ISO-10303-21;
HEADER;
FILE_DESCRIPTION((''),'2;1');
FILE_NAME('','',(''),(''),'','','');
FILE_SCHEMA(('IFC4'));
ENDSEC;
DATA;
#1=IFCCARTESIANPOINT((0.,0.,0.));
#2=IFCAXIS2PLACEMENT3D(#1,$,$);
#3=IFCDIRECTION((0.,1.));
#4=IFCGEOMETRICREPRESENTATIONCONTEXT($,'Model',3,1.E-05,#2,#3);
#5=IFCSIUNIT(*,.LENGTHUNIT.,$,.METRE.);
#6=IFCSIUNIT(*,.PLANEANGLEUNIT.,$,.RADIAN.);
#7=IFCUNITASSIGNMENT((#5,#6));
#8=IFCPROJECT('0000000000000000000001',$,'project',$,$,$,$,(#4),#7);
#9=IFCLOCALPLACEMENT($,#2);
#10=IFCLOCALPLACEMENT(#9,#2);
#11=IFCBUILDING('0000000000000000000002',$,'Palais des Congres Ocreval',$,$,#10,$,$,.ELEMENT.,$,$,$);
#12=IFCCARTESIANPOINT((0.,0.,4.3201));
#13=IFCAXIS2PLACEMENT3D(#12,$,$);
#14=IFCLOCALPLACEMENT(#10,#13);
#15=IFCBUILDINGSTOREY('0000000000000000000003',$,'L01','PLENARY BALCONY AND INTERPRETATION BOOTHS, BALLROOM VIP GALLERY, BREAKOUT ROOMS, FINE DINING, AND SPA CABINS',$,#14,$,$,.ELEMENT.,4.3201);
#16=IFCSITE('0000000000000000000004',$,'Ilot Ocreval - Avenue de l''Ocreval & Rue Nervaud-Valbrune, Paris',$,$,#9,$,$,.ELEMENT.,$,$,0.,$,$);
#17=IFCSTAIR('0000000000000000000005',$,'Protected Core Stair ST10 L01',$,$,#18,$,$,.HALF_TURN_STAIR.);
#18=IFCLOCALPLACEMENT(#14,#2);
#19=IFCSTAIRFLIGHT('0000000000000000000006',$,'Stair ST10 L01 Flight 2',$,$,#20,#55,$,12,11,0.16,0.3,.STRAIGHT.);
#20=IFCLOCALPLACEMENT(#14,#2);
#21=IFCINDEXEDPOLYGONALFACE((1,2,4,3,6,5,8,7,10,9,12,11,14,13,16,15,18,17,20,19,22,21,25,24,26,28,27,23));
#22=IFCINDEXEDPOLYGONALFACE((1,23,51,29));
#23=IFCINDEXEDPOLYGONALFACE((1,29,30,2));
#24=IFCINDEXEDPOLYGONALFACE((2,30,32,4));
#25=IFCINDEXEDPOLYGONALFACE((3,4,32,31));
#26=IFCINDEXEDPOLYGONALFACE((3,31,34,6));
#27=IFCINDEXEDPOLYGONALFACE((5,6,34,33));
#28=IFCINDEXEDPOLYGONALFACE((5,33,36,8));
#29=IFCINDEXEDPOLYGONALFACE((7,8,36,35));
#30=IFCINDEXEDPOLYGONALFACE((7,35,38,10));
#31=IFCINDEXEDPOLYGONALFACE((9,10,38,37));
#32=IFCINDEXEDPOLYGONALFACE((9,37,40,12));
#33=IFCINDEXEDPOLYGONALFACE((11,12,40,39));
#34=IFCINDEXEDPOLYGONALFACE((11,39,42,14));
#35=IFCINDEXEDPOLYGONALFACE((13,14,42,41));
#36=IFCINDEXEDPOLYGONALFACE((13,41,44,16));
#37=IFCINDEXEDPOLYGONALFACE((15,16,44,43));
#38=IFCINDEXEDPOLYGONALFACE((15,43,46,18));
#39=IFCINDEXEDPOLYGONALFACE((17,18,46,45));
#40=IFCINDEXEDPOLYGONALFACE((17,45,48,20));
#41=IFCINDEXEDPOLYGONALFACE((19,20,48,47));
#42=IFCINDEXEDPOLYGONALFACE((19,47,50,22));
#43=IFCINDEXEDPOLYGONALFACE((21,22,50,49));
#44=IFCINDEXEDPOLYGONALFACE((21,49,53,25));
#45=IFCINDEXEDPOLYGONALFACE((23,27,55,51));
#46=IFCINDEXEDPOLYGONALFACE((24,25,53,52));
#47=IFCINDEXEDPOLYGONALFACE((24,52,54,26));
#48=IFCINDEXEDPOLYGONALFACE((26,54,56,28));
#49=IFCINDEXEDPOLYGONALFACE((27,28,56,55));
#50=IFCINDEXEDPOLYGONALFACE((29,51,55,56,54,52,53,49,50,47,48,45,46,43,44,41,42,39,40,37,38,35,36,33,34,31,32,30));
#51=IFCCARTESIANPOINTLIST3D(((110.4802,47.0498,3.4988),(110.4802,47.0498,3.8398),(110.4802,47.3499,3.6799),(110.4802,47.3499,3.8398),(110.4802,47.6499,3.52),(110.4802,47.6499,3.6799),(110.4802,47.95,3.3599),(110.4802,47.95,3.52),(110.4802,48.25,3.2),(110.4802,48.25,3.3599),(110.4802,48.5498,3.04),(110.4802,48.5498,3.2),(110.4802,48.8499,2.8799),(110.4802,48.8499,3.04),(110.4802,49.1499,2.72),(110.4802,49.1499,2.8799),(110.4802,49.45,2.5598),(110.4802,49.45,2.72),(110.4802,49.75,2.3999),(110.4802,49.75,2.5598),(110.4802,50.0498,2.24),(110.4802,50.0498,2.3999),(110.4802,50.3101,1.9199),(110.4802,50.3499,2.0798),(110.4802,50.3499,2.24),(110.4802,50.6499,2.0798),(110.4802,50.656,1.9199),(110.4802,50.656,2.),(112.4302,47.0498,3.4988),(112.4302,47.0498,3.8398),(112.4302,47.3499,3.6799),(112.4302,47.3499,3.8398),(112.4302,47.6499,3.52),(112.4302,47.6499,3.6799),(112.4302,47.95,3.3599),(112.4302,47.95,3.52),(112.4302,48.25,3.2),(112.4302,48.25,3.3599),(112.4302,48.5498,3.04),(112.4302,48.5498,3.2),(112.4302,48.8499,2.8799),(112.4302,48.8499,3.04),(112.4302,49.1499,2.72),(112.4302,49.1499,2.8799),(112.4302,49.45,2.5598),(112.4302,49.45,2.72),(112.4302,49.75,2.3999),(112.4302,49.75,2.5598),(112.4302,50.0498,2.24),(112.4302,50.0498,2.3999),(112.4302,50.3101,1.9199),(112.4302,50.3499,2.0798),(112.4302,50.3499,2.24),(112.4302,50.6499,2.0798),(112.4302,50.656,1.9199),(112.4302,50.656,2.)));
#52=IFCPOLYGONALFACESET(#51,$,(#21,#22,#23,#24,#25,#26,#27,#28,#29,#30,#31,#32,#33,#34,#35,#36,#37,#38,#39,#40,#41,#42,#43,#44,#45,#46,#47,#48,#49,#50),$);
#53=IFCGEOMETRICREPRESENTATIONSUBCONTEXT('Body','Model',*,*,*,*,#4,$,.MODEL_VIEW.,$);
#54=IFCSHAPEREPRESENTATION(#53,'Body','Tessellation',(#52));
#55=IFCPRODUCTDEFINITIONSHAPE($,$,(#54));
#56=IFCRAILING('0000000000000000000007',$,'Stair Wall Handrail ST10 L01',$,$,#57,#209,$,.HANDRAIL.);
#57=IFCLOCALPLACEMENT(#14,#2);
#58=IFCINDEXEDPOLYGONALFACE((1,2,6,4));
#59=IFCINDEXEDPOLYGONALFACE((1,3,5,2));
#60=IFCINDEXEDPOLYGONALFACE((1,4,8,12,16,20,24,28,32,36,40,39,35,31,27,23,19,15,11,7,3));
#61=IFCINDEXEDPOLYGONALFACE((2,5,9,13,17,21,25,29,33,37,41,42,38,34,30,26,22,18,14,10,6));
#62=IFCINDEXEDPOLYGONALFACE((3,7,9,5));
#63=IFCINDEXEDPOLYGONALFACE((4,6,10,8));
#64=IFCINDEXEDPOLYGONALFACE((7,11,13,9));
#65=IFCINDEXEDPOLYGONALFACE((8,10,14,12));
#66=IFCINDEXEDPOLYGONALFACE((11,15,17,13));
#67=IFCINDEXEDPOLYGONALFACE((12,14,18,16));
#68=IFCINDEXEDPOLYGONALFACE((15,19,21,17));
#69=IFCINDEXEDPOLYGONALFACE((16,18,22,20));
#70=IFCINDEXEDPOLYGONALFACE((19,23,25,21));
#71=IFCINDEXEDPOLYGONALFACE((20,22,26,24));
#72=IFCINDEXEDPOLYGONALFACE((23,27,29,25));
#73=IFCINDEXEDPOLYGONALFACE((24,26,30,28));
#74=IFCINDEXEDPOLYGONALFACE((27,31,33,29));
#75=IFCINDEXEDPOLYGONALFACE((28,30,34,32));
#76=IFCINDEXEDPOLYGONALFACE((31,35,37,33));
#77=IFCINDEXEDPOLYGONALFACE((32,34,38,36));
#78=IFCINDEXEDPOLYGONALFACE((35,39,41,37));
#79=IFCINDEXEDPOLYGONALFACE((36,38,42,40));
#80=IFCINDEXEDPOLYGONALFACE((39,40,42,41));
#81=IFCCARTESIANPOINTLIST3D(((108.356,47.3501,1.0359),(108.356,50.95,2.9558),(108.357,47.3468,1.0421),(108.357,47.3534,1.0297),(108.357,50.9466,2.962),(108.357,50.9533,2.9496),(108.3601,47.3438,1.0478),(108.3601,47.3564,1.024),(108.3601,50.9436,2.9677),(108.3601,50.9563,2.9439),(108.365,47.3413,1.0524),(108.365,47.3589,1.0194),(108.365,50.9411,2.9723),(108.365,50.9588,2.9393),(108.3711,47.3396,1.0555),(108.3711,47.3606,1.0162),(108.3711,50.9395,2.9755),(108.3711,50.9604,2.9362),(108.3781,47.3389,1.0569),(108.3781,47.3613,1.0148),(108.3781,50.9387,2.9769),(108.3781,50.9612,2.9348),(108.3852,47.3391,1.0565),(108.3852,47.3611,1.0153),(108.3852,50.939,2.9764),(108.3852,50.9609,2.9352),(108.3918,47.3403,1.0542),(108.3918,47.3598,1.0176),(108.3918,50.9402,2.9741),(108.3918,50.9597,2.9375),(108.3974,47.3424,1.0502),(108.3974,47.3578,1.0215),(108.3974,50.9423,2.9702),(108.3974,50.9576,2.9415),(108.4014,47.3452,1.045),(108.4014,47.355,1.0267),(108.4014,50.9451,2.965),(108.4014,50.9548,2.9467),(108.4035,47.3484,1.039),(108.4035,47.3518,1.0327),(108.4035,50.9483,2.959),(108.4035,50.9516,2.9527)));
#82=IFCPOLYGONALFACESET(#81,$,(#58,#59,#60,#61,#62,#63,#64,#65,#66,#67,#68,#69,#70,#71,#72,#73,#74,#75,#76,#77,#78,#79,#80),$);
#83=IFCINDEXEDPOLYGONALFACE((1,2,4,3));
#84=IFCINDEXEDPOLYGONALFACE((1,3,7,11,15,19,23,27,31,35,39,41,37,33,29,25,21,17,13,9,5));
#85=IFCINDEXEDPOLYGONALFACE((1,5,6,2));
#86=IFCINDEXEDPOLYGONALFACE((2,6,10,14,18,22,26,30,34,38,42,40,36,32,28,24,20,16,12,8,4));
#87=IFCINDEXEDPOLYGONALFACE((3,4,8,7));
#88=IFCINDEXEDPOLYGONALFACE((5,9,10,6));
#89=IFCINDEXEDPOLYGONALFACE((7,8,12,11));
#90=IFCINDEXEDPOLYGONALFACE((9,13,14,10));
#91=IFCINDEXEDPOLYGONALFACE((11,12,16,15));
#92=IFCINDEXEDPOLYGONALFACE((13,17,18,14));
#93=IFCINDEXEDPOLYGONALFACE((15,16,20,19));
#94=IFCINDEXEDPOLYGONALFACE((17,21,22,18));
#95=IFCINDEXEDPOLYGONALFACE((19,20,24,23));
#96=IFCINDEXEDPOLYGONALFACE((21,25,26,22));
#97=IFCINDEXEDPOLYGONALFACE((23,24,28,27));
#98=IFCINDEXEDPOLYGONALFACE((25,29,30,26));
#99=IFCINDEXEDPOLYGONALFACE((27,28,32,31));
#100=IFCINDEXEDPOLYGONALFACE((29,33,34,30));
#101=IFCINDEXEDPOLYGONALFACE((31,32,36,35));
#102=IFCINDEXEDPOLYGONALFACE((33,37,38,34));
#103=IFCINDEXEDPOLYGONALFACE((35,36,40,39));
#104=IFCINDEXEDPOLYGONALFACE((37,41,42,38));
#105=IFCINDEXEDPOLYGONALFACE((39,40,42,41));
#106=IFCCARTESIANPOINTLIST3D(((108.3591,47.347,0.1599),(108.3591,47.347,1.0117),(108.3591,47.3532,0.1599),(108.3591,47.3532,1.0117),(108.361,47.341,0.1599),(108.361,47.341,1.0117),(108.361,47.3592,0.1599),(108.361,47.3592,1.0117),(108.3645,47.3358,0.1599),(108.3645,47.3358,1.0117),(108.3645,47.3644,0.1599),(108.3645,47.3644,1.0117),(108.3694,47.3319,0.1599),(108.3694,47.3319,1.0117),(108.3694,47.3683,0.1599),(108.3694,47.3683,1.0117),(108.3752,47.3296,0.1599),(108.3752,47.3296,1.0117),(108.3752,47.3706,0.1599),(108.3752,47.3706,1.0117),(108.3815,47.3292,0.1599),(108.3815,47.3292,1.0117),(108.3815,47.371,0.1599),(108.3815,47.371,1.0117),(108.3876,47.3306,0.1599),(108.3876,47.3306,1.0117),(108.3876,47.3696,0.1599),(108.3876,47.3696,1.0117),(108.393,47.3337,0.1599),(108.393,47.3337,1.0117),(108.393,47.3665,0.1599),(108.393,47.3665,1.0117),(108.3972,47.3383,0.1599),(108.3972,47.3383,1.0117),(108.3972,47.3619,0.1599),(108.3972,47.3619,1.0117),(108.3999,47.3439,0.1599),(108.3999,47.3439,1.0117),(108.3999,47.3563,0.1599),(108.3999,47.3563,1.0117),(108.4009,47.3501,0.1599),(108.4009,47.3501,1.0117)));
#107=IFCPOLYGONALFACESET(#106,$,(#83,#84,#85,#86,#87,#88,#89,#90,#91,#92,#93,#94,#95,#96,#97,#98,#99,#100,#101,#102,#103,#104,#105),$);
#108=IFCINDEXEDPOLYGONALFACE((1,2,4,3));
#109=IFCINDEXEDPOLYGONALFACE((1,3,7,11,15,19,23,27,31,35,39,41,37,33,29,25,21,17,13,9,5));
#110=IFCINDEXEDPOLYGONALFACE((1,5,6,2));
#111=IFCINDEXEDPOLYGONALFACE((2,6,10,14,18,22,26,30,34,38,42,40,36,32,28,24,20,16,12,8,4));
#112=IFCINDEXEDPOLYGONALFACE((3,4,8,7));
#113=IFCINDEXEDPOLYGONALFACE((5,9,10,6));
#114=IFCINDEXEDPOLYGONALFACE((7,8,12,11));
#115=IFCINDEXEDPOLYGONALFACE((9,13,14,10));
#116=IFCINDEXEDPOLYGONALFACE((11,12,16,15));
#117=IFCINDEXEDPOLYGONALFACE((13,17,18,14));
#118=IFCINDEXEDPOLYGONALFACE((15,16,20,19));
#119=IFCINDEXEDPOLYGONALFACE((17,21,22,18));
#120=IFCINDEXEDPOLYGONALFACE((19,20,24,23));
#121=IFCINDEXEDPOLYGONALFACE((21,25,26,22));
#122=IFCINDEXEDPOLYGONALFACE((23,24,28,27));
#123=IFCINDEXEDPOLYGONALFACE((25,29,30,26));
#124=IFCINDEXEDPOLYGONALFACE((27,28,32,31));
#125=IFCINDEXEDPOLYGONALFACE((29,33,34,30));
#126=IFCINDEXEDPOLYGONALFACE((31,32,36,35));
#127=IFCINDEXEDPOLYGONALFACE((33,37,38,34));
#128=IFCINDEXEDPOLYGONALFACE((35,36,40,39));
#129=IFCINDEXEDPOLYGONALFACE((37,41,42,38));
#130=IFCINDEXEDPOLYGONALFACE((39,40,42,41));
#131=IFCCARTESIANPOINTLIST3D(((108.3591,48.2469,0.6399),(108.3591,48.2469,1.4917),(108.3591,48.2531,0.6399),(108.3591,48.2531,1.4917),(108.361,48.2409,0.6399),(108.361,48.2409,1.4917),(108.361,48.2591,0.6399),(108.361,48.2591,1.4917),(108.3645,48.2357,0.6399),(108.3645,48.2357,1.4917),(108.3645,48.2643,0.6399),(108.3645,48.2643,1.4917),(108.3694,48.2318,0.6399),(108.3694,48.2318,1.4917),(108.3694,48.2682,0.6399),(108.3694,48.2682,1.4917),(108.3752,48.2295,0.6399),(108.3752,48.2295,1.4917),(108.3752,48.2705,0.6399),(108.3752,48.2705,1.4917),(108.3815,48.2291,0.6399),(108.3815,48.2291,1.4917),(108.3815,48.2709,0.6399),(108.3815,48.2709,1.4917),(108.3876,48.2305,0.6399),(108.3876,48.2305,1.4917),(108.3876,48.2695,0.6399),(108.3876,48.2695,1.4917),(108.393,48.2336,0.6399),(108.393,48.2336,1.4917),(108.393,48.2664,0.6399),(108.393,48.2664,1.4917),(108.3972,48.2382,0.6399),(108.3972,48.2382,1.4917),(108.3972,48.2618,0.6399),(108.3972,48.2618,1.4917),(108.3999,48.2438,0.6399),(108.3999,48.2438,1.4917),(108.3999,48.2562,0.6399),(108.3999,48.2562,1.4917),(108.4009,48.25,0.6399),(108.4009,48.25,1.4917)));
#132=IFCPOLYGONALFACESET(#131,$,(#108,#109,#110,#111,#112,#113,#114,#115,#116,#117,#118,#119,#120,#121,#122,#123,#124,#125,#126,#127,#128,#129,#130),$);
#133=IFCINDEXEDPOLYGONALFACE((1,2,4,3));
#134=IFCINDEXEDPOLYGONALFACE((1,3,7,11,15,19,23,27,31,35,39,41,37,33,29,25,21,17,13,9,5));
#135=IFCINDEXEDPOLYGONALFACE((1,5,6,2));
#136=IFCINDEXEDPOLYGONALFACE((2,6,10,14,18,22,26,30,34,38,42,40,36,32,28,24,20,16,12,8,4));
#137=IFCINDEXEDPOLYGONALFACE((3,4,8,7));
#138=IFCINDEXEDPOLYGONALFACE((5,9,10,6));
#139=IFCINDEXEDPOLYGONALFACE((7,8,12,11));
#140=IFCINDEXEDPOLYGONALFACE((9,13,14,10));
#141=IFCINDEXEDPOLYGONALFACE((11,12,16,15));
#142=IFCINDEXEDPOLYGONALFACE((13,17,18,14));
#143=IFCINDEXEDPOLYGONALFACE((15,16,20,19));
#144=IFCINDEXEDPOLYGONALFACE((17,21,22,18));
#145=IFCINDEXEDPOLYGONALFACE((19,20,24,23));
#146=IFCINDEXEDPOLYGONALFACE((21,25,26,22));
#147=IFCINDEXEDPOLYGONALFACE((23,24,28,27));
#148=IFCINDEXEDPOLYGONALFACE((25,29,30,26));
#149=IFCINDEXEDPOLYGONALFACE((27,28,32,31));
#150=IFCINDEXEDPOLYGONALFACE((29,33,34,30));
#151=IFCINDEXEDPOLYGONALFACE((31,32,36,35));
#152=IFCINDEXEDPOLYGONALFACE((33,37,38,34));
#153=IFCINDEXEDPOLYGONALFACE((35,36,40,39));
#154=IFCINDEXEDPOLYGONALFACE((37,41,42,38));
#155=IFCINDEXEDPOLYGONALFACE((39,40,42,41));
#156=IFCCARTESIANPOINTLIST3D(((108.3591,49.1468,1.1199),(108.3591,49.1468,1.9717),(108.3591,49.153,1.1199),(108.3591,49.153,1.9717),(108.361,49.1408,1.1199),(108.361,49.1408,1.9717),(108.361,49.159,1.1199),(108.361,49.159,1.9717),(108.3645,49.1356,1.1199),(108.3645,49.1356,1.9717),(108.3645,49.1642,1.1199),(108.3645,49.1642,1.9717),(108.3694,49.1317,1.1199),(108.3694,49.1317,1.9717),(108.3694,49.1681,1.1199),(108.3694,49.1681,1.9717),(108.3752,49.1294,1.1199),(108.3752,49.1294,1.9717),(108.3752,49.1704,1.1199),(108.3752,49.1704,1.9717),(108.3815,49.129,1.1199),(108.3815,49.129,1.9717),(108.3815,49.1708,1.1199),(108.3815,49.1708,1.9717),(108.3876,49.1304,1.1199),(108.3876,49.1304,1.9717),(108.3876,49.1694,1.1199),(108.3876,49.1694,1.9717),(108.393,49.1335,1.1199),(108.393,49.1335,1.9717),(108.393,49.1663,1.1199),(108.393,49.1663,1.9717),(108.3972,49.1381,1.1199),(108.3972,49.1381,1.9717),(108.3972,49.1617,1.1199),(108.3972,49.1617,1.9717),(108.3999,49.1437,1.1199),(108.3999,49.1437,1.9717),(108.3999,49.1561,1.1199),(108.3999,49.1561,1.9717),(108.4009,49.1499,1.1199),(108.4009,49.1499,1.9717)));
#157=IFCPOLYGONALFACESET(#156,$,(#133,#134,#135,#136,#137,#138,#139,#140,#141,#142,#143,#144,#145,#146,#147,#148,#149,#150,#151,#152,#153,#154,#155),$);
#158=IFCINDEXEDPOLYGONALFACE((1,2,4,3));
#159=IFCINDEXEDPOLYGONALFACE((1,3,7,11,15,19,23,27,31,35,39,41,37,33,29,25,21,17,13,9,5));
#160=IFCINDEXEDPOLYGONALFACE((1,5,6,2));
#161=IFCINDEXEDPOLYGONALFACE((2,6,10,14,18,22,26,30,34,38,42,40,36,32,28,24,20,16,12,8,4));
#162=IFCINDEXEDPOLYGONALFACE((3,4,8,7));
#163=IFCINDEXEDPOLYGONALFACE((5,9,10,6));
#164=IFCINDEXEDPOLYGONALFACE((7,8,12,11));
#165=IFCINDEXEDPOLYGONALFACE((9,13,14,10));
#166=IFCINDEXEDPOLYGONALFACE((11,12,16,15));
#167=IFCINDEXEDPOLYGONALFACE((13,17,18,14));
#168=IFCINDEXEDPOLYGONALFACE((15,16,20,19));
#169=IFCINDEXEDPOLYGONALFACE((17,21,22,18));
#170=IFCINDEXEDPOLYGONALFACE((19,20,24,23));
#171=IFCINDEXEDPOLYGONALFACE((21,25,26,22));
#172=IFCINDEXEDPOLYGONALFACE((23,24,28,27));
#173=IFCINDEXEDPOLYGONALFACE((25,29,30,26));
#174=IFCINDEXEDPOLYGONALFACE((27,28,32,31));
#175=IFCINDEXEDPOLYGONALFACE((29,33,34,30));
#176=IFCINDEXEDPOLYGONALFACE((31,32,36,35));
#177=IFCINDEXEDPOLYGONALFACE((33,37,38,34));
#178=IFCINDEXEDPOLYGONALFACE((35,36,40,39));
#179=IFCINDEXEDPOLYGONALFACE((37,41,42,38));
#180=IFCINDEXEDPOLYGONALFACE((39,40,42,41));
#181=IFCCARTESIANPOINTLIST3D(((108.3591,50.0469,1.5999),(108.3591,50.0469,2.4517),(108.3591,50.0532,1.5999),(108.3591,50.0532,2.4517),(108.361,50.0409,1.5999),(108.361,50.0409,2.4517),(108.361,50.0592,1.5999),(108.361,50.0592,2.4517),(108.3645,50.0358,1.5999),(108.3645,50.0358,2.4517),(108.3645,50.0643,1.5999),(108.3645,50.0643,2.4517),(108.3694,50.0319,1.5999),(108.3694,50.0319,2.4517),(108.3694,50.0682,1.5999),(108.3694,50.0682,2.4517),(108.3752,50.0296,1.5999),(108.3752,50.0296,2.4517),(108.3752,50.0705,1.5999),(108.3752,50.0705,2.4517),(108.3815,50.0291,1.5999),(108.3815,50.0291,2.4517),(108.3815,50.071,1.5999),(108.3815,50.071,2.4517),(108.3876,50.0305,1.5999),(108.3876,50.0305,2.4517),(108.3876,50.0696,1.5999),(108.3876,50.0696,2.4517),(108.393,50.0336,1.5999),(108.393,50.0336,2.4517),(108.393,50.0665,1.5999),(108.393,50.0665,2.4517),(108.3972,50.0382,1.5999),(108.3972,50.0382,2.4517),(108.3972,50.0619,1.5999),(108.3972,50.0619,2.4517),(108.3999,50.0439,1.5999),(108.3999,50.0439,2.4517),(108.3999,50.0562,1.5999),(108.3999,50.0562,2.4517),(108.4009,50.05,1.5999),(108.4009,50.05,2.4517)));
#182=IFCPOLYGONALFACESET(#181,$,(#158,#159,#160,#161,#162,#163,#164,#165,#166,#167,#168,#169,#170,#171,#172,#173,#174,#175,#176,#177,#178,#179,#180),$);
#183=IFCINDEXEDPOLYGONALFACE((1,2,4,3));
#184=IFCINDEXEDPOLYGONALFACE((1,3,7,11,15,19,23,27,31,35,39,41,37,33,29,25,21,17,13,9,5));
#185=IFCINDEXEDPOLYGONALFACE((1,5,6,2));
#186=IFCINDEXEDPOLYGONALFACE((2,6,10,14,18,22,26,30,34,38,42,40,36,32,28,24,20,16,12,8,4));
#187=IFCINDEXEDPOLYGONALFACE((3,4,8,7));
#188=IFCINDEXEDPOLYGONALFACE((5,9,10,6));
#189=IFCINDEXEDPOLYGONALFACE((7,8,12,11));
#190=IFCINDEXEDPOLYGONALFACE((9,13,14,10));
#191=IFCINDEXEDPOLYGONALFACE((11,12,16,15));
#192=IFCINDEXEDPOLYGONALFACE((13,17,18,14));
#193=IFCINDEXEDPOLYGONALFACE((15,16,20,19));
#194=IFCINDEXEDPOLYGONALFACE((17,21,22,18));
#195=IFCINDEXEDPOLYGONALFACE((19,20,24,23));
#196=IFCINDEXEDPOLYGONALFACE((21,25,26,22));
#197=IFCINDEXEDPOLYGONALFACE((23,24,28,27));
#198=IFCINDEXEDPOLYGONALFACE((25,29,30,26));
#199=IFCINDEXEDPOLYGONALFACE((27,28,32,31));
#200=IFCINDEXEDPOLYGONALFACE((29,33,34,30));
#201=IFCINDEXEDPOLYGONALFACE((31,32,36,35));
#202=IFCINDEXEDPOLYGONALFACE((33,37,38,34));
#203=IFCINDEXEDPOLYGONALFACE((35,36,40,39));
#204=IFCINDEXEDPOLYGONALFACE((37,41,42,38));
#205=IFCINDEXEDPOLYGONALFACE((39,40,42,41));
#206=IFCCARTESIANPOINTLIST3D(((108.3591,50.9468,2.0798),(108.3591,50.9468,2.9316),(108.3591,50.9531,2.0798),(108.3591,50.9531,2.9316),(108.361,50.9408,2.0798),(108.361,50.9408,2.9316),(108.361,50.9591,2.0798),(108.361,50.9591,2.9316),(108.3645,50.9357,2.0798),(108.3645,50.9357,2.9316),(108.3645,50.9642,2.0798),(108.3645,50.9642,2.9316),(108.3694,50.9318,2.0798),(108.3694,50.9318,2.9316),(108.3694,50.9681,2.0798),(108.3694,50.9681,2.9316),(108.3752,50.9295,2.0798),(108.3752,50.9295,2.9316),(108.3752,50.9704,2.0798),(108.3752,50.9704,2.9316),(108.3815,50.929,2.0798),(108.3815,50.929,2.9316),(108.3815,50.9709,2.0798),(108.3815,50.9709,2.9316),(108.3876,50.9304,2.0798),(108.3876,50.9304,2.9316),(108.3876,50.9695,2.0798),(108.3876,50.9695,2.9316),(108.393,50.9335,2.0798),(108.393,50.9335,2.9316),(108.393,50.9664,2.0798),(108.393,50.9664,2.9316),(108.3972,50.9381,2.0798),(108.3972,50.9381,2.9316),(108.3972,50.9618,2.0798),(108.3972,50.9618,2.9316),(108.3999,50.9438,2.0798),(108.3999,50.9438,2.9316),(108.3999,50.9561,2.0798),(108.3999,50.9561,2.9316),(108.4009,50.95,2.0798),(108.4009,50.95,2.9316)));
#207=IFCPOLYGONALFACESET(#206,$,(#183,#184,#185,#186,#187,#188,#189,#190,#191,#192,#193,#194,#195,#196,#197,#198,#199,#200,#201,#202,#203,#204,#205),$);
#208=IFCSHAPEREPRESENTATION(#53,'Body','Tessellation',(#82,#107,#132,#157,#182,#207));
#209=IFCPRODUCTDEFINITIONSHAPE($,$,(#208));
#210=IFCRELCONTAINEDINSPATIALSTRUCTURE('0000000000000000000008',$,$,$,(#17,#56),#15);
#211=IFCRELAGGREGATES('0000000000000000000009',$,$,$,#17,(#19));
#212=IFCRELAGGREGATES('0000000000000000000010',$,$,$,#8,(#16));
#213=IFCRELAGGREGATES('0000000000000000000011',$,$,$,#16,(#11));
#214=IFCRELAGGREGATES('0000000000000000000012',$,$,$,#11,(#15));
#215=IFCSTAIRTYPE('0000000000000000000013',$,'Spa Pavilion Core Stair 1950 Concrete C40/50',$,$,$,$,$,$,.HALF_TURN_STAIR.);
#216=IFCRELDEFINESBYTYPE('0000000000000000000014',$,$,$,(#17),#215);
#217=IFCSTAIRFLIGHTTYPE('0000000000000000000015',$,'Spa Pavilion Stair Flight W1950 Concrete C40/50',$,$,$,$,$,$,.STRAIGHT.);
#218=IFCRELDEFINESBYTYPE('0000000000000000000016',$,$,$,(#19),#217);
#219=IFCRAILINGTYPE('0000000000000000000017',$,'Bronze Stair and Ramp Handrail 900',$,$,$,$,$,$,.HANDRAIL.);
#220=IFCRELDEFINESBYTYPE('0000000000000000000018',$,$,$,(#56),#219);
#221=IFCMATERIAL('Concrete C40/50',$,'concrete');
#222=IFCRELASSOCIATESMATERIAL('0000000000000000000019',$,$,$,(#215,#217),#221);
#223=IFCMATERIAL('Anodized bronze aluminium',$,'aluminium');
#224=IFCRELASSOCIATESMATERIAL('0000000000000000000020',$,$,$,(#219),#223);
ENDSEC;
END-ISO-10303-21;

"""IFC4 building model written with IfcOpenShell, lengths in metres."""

from ifc_helpers import new_model, si_unit, direction, frame, origin, origin_2d, place, context, subcontext, project, spatial, polyline, circle, outline, extrude, material, type_object, element, aggregate, save


model = new_model("IFC4")

# Units and contexts
model_context = context("Model", 3, precision=1e-05, world=origin(), true_north=direction((0.0, 1.0)))
body_context = subcontext(model_context, "Body", "Model", "MODEL_VIEW")
ifc_project = project(units=[si_unit("LENGTHUNIT", "METRE"), si_unit("PLANEANGLEUNIT", "RADIAN")], contexts=[model_context])

# Site, building, storey
site_placement = place(None, origin())
site = spatial("IfcSite", under=ifc_project, at=site_placement, Name="Ilot Ocreval - Avenue de l'Ocreval & Rue Nervaud-Valbrune, Paris", CompositionType="ELEMENT", RefElevation=0.0)
building_placement = place(site_placement, origin())
building = spatial("IfcBuilding", under=site, at=building_placement, Name="Palais des Congres Ocreval", CompositionType="ELEMENT")
storey_placement = place(building_placement, frame((0.0, 0.0, 4.3201)))
storey = spatial("IfcBuildingStorey", under=building, at=storey_placement, Name="L01", Description="PLENARY BALCONY AND INTERPRETATION BOOTHS, BALLROOM VIP GALLERY, BREAKOUT ROOMS, FINE DINING, AND SPA CABINS", CompositionType="ELEMENT", Elevation=4.3201)

# Shared definitions
ifc_material_1 = material(Name="Anodized bronze aluminium", Category="aluminium")

# Shared definitions
ifc_material_2 = material(Name="Concrete C40/50", Category="concrete")

# Stair, stair flight
stair_type = type_object("IfcStairType", Name="Spa Pavilion Core Stair 1950 Concrete C40/50", PredefinedType="HALF_TURN_STAIR", material=ifc_material_2)
stair_placement = place(storey_placement, origin())
stair = element("IfcStair", 1, at=stair_placement, inside=storey, type_object=stair_type, Name="Protected Core Stair ST10 L01", PredefinedType="HALF_TURN_STAIR")
stair_flight_type = type_object("IfcStairFlightType", Name="Spa Pavilion Stair Flight W1950 Concrete C40/50", PredefinedType="STRAIGHT", material=ifc_material_2)
stair_flight_1_placement = place(storey_placement, frame((111.4551, 50.6499, 1.9199), z_axis=(0.0, 0.0, 1.0), x_axis=(0.0, -1.0, 0.0)))
stair_flight_1 = element("IfcStairFlight", 2, at=stair_flight_1_placement, type_object=stair_flight_type, Name="Stair ST10 L01 Flight 2", NumberOfRisers=12, NumberOfTreads=11, PredefinedType="STRAIGHT", RiserHeight=0.16, TreadLength=0.3, context=body_context, shape_type="SweptSolid", body=[
    extrude(outline(polyline([(-0.0061, 0.0), (-0.0061, 0.0801), (0.0, 0.1599), (0.3, 0.1599), (0.3, 0.3201), (0.6001, 0.3201), (0.6001, 0.48), (0.8999, 0.48), (0.8999, 0.6399), (1.2, 0.6399), (1.2, 0.8), (1.5, 0.8), (1.5, 0.96), (1.8, 0.96), (1.8, 1.1201), (2.1001, 1.1201), (2.1001, 1.28), (2.3999, 1.28), (2.3999, 1.4399), (2.7, 1.4399), (2.7, 1.6001), (3.0, 1.6001), (3.0, 1.76), (3.3, 1.76), (3.3, 1.9199), (3.6001, 1.9199), (3.6001, 1.5789), (0.3398, 0.0), (-0.0061, 0.0)])), frame((0.0, 0.9751, 0.0), z_axis=(0.0, -1.0, 0.0), x_axis=(1.0, 0.0, 0.0)), (0.0, 0.0, 1.0), 1.95),
])
aggregate(stair, [stair_flight_1])

# Railing
railing_type_1 = type_object("IfcRailingType", Name="Bronze Stair and Ramp Handrail 900", PredefinedType="HANDRAIL", material=ifc_material_1)
railing_1_placement = place(storey_placement, frame((108.3799, 47.3501, 0.1599)))
element("IfcRailing", 3, at=railing_1_placement, inside=storey, type_object=railing_type_1, Name="Stair Wall Handrail ST10 L01", PredefinedType="HANDRAIL", context=body_context, shape_type="SweptSolid", body=[
    extrude(circle(Radius=0.0239, at=origin_2d()), frame((0.0, 0.0, 0.876), z_axis=(0.0, 0.882353, 0.470588), x_axis=(-1.0, 0.0, 0.0)), (0.0, 0.0, 1.0), 4.0798),
    extrude(circle(Radius=0.021, at=origin_2d()), origin(), (0.0, 0.0, 1.0), 0.8518),
    extrude(circle(Radius=0.021, at=origin_2d()), frame((0.0, 0.8999, 0.48)), (0.0, 0.0, 1.0), 0.8518),
    extrude(circle(Radius=0.021, at=origin_2d()), frame((0.0, 1.7998, 0.96)), (0.0, 0.0, 1.0), 0.8518),
    extrude(circle(Radius=0.021, at=origin_2d()), frame((0.0, 2.7, 1.4399)), (0.0, 0.0, 1.0), 0.8518),
    extrude(circle(Radius=0.021, at=origin_2d()), frame((0.0, 3.5999, 1.9199)), (0.0, 0.0, 1.0), 0.8518),
])

save(model, "model.ifc")
